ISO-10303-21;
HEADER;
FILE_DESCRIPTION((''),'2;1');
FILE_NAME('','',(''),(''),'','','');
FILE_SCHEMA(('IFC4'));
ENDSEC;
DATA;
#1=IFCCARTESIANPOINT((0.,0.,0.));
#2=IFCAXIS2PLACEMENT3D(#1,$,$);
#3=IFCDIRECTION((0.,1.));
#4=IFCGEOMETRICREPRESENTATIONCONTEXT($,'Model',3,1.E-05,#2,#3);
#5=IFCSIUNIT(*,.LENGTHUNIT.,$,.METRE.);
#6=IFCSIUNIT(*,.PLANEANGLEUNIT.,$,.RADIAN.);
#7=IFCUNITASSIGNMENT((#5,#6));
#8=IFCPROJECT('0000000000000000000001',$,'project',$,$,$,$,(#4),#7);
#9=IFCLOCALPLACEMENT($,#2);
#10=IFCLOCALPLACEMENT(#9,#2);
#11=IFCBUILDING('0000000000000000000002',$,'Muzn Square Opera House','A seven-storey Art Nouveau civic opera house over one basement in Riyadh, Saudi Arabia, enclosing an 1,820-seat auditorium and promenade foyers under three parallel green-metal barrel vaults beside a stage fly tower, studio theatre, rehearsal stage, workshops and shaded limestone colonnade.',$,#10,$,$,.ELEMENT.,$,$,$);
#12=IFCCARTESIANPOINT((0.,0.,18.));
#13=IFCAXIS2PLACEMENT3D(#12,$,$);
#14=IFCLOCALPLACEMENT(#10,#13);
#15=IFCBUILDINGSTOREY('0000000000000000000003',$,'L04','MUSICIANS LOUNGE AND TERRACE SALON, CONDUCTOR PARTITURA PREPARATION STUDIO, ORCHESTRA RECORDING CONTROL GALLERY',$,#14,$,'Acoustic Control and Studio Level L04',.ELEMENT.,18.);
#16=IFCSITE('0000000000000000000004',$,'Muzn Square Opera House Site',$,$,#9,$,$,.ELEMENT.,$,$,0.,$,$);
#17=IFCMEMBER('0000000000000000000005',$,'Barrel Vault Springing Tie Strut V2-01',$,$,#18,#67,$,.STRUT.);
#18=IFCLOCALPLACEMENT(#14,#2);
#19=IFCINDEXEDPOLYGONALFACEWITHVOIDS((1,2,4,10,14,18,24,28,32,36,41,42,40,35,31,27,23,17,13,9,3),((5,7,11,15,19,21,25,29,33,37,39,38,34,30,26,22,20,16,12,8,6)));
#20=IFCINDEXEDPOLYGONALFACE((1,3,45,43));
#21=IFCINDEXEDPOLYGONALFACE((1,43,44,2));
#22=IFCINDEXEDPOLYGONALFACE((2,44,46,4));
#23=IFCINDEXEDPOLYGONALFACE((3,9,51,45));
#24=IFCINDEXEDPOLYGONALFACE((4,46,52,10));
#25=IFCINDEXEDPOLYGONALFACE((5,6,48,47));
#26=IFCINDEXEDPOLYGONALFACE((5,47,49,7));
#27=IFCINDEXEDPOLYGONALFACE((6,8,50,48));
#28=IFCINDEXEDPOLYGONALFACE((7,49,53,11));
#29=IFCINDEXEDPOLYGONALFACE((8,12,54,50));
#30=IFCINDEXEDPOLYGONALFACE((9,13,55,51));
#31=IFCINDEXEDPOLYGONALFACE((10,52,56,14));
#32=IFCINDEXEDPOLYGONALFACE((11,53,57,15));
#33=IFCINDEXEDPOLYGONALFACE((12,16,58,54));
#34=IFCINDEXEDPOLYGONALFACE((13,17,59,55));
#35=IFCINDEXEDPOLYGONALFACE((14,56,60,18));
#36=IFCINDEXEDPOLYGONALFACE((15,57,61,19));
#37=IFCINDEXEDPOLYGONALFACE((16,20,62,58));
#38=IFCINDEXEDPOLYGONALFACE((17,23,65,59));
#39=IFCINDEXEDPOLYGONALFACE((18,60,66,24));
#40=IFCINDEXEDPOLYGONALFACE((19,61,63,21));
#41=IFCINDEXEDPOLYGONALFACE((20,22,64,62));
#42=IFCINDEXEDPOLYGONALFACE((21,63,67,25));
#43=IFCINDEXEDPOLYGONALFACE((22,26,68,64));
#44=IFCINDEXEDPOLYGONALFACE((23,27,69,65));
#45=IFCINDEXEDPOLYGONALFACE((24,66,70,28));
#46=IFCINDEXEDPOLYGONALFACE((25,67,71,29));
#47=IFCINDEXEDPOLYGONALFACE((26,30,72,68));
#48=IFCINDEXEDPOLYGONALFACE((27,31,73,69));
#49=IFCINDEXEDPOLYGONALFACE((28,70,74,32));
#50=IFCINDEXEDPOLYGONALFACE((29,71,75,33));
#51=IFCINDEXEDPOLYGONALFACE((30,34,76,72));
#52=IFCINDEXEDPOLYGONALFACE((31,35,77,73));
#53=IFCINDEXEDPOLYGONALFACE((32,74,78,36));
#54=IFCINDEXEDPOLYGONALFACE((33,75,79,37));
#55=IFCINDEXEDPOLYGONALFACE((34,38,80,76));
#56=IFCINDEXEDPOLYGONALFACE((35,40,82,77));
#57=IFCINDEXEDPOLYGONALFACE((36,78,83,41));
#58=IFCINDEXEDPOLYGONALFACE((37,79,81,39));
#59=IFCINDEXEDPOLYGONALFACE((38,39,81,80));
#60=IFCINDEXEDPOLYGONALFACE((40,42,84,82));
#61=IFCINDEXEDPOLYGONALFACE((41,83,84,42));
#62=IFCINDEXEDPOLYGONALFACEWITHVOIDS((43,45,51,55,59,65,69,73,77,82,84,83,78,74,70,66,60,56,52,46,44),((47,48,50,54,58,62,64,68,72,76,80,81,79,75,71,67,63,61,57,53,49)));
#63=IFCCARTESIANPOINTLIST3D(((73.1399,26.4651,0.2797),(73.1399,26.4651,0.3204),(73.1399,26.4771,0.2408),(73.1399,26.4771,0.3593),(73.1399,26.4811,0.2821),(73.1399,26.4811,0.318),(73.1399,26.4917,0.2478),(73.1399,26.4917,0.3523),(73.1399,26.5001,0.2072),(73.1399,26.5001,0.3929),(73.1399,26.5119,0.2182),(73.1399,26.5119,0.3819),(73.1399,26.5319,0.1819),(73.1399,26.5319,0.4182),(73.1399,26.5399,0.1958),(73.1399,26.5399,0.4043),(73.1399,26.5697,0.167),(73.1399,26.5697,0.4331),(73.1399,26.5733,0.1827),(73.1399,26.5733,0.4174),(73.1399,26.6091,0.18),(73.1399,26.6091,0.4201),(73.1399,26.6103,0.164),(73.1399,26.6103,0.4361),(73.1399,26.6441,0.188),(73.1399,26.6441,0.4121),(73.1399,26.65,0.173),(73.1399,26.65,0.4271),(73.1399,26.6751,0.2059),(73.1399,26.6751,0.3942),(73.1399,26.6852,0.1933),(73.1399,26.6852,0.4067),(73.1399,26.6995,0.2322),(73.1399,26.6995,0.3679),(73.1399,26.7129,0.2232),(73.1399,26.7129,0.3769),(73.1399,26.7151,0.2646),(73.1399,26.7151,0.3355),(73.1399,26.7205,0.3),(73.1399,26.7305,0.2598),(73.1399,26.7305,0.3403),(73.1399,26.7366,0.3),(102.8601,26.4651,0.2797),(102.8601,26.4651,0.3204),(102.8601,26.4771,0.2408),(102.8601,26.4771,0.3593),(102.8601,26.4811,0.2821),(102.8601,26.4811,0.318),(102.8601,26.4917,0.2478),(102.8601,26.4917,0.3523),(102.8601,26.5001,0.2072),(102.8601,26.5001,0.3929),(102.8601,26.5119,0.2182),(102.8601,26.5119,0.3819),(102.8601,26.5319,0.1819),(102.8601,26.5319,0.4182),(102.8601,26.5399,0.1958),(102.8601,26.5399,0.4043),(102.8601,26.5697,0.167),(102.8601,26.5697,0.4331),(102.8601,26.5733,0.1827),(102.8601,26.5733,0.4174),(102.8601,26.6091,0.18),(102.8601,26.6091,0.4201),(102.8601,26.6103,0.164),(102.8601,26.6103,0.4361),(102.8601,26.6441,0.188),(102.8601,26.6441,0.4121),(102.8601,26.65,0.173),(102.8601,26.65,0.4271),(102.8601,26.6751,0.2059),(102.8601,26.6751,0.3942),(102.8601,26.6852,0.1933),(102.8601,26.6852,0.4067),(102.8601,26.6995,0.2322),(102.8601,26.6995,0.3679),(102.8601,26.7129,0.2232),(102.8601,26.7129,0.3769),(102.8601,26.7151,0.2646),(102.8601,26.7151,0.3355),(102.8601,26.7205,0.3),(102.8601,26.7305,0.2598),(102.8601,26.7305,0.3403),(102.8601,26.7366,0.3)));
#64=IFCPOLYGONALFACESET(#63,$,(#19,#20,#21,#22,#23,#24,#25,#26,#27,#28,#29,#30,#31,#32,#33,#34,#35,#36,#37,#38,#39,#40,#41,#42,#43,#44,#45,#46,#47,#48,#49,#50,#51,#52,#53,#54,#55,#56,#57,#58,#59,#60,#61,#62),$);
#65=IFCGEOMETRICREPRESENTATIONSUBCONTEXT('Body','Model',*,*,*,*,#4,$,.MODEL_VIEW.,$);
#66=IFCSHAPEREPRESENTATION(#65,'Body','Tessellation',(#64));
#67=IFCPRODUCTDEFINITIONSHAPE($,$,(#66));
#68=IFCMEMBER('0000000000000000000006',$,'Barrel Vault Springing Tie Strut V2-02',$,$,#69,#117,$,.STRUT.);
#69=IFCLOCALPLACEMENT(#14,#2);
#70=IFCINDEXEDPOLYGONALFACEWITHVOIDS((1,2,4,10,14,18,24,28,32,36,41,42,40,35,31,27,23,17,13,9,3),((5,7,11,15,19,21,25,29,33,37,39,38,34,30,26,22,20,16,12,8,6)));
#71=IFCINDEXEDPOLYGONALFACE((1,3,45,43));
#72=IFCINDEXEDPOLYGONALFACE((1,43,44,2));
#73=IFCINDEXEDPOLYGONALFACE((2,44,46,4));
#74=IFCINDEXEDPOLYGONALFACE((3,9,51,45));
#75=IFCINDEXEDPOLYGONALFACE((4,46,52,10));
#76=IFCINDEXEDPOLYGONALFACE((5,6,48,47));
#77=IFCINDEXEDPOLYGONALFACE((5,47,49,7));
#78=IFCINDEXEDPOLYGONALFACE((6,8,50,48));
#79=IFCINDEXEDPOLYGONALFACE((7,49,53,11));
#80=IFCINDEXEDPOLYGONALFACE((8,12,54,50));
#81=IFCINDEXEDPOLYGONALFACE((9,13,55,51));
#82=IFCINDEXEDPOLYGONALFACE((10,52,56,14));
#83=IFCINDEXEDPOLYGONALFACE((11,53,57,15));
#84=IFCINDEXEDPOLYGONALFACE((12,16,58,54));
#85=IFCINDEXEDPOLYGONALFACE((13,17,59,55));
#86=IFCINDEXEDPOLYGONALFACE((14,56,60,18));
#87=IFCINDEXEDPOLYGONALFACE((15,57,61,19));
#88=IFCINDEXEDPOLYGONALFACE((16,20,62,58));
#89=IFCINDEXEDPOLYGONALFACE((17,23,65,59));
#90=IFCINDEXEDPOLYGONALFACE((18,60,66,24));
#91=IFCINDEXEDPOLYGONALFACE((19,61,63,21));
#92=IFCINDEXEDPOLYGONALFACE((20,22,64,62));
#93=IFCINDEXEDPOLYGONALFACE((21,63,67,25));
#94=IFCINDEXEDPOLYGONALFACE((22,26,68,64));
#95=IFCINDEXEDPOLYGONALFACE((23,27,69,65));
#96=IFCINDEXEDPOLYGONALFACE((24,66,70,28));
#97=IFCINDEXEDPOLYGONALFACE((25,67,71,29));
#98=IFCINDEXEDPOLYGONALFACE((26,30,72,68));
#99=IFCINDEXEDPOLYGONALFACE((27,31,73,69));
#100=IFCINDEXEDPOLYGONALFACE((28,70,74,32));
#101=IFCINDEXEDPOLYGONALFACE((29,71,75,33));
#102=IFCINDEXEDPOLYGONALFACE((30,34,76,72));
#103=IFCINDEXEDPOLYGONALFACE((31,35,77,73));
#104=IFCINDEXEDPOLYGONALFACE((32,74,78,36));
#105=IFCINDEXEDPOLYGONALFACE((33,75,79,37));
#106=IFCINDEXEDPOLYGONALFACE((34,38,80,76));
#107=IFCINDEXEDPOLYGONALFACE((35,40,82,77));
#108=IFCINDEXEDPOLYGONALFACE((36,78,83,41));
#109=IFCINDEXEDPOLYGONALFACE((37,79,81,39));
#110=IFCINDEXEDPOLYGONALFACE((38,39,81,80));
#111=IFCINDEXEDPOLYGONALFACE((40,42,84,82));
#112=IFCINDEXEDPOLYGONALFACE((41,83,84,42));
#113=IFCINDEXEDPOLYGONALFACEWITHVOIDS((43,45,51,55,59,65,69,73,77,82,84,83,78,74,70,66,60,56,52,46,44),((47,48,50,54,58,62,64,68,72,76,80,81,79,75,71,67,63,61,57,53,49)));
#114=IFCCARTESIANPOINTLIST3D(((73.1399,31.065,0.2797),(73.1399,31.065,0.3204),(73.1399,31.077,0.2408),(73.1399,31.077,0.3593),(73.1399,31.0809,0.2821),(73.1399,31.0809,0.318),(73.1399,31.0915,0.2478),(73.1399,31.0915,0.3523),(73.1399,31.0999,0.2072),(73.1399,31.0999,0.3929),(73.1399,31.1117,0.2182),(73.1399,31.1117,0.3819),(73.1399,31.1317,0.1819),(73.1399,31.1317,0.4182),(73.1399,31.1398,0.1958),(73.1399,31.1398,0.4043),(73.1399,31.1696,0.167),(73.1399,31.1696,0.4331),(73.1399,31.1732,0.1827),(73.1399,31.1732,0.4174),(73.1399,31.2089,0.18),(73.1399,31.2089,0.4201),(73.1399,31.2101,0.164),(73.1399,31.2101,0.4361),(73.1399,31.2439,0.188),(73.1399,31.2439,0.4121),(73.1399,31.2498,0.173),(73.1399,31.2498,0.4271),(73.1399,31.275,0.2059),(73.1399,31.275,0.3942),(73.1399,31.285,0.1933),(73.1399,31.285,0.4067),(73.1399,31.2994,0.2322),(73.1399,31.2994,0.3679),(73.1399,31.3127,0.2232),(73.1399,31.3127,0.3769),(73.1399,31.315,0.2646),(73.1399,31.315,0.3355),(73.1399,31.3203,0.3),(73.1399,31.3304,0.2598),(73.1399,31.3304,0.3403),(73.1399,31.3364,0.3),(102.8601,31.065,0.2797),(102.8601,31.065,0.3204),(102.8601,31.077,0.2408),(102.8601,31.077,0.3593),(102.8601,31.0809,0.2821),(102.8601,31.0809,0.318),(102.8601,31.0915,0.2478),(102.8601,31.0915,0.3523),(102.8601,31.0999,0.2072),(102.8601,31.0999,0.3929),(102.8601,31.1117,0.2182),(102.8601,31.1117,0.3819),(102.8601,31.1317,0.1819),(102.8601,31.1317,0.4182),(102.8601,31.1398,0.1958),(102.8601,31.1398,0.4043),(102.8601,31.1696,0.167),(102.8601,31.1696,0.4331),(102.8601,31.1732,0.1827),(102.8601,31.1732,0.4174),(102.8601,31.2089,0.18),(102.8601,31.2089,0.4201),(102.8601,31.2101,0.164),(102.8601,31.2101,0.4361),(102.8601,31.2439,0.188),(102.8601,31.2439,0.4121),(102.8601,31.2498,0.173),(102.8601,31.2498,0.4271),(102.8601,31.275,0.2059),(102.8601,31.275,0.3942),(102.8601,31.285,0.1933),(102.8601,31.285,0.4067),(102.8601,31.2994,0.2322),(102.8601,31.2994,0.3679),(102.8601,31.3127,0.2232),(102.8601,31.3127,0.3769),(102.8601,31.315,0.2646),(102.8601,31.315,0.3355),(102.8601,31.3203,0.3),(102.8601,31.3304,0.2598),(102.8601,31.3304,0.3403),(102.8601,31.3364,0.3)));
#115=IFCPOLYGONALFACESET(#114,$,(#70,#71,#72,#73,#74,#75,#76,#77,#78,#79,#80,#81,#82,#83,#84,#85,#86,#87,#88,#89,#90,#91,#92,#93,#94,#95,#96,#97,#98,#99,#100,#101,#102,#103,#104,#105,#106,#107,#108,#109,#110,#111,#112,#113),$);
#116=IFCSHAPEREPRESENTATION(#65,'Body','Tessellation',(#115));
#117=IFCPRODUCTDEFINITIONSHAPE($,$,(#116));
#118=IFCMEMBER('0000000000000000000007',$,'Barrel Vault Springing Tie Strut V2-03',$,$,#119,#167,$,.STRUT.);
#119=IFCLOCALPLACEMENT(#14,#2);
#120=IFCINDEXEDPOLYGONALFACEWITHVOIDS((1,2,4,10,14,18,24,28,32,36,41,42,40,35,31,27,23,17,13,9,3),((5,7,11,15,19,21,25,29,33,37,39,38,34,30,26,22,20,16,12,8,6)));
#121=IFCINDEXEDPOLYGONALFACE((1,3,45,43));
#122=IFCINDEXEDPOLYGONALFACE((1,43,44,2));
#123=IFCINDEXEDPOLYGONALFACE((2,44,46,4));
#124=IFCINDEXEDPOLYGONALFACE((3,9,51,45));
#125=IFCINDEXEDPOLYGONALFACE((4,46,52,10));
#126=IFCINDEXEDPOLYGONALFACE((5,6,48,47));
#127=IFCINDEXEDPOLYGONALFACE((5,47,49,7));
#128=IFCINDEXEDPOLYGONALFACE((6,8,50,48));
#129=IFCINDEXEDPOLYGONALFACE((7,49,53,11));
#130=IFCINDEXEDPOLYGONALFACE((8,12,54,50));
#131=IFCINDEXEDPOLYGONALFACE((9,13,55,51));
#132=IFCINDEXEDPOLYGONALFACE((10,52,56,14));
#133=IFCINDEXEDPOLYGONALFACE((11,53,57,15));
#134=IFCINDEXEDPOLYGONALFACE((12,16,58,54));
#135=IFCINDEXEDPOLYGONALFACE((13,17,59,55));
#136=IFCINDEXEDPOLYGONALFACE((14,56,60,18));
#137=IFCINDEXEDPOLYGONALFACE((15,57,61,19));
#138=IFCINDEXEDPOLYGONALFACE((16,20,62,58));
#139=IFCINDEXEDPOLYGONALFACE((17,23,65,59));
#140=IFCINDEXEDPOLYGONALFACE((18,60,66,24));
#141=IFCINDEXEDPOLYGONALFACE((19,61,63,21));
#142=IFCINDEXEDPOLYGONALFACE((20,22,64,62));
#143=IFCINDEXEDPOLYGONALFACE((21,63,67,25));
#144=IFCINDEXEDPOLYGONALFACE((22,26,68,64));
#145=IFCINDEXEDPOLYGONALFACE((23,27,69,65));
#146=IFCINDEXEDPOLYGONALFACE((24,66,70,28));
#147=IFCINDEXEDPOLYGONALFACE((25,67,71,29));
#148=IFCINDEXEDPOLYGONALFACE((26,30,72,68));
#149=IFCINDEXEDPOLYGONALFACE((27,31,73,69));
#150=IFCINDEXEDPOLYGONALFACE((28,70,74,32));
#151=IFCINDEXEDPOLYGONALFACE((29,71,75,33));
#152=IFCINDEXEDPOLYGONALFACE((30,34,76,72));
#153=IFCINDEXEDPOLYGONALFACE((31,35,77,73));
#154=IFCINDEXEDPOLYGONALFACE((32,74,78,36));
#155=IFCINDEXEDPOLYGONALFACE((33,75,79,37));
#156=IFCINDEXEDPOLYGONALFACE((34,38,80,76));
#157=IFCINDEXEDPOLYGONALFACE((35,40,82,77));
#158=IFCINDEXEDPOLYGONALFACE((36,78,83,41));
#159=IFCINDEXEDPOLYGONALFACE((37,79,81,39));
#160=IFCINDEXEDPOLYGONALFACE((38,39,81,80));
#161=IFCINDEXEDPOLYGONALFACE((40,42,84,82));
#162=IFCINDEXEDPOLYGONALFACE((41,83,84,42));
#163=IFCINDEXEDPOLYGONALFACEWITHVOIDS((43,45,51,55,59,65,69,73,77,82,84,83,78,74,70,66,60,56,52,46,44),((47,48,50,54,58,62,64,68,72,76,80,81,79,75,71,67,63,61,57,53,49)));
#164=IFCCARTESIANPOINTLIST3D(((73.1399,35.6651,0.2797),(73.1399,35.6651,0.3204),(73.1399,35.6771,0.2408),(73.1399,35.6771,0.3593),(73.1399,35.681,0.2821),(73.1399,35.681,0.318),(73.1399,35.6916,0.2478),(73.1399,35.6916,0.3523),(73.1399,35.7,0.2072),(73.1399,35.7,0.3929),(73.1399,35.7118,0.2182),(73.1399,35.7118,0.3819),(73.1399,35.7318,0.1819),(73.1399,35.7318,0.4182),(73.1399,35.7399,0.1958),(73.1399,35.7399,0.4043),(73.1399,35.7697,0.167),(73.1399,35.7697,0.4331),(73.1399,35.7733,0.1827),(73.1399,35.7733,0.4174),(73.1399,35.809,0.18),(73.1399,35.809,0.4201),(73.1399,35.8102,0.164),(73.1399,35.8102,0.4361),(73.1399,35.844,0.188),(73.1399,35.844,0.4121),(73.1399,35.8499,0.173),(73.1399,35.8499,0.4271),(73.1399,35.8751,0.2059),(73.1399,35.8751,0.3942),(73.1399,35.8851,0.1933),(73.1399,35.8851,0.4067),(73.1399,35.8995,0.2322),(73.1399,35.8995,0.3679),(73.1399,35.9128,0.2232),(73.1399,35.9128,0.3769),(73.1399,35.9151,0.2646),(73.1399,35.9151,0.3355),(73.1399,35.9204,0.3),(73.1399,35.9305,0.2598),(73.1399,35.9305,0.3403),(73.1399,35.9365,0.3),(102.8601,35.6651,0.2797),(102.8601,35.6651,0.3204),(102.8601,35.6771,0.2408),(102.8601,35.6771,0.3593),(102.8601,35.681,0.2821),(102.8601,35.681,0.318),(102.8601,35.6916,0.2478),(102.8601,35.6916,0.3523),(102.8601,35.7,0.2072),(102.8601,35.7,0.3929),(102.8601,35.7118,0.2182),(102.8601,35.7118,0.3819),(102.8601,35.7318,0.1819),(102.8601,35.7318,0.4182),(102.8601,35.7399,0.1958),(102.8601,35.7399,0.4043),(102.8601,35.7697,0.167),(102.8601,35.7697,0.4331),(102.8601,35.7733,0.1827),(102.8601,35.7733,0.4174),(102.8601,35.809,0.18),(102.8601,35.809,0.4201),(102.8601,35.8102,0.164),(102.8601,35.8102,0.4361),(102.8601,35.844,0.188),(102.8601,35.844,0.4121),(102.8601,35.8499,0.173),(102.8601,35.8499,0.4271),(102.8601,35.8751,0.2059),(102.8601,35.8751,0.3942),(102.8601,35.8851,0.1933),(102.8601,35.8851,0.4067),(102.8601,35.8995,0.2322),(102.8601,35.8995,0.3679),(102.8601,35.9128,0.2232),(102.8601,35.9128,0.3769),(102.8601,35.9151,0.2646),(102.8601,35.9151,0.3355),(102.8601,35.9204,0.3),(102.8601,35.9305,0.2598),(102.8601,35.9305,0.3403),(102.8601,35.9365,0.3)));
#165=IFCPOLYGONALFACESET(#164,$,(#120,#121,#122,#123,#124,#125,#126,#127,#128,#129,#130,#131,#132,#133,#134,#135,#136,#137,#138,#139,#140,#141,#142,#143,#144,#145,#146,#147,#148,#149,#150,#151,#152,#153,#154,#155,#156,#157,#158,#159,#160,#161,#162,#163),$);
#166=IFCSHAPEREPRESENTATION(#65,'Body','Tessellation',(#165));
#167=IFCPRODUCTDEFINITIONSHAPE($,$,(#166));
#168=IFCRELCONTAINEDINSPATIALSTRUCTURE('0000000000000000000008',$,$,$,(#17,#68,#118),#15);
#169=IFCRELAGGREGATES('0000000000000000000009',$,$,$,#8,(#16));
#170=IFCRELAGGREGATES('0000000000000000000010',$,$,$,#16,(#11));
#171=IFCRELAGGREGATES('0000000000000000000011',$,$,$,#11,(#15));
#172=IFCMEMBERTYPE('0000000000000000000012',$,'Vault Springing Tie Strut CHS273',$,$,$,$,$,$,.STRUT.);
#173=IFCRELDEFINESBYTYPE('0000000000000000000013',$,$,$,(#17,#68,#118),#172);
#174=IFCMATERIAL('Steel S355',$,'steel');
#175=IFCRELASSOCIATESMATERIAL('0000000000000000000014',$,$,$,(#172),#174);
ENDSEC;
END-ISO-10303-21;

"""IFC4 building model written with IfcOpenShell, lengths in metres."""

from ifc_helpers import new_model, si_unit, direction, frame, origin, origin_2d, place, context, subcontext, project, spatial, hollow_circle, extrude, material, material_profile, profile_set, type_object, element, save


model = new_model("IFC4")

# Units and contexts
model_context = context("Model", 3, precision=1e-05, world=origin(), true_north=direction((0.0, 1.0)))
body_context = subcontext(model_context, "Body", "Model", "MODEL_VIEW")
ifc_project = project(units=[si_unit("LENGTHUNIT", "METRE"), si_unit("PLANEANGLEUNIT", "RADIAN")], contexts=[model_context])

# Site, building, storey
site_placement = place(None, origin())
site = spatial("IfcSite", under=ifc_project, at=site_placement, Name="Muzn Square Opera House Site", CompositionType="ELEMENT", RefElevation=0.0)
building_placement = place(site_placement, origin())
building = spatial("IfcBuilding", under=site, at=building_placement, Name="Muzn Square Opera House", Description="A seven-storey Art Nouveau civic opera house over one basement in Riyadh, Saudi Arabia, enclosing an 1,820-seat auditorium and promenade foyers under three parallel green-metal barrel vaults beside a stage fly tower, studio theatre, rehearsal stage, workshops and shaded limestone colonnade.", CompositionType="ELEMENT")
storey_placement = place(building_placement, frame((0.0, 0.0, 18.0)))
storey = spatial("IfcBuildingStorey", under=building, at=storey_placement, Name="L04", Description="MUSICIANS LOUNGE AND TERRACE SALON, CONDUCTOR PARTITURA PREPARATION STUDIO, ORCHESTRA RECORDING CONTROL GALLERY", LongName="Acoustic Control and Studio Level L04", CompositionType="ELEMENT", Elevation=18.0)

# Shared definitions
ifc_material = material(Name="Steel S355", Category="steel")

# Members
ifc_material_profile_1 = material_profile(ifc_material, hollow_circle(Radius=0.1365, WallThickness=0.0161, at=origin_2d()), Name="CHS 273x16", Category="steel")
ifc_profile_set_1 = profile_set([ifc_material_profile_1], Name="Steel S355")
member_type = type_object("IfcMemberType", Name="Vault Springing Tie Strut CHS273", PredefinedType="STRUT", material=ifc_profile_set_1)
for number, where, z_axis, x_axis, name in (
    (1, (73.1399, 26.6001, 0.3), (1.0, 0.0, 0.0), (0.0, 1.0, 0.0), "Barrel Vault Springing Tie Strut V2-01"),
    (2, (73.1399, 31.2, 0.3), (1.0, 0.0, 0.0), (0.0, 1.0, 0.0), "Barrel Vault Springing Tie Strut V2-02"),
    (3, (73.1399, 35.8, 0.3), (1.0, 0.0, 0.0), (0.0, 1.0, 0.0), "Barrel Vault Springing Tie Strut V2-03"),
):
    element("IfcMember", number, at=place(storey_placement, frame(where, z_axis=z_axis, x_axis=x_axis)), inside=storey, type_object=member_type, Name=name, PredefinedType="STRUT", context=body_context, shape_type="SweptSolid", body=[
        extrude(hollow_circle(Radius=0.1365, WallThickness=0.0161, at=origin_2d()), origin(), (0.0, 0.0, 1.0), 29.7202),
    ])

save(model, "model.ifc")
